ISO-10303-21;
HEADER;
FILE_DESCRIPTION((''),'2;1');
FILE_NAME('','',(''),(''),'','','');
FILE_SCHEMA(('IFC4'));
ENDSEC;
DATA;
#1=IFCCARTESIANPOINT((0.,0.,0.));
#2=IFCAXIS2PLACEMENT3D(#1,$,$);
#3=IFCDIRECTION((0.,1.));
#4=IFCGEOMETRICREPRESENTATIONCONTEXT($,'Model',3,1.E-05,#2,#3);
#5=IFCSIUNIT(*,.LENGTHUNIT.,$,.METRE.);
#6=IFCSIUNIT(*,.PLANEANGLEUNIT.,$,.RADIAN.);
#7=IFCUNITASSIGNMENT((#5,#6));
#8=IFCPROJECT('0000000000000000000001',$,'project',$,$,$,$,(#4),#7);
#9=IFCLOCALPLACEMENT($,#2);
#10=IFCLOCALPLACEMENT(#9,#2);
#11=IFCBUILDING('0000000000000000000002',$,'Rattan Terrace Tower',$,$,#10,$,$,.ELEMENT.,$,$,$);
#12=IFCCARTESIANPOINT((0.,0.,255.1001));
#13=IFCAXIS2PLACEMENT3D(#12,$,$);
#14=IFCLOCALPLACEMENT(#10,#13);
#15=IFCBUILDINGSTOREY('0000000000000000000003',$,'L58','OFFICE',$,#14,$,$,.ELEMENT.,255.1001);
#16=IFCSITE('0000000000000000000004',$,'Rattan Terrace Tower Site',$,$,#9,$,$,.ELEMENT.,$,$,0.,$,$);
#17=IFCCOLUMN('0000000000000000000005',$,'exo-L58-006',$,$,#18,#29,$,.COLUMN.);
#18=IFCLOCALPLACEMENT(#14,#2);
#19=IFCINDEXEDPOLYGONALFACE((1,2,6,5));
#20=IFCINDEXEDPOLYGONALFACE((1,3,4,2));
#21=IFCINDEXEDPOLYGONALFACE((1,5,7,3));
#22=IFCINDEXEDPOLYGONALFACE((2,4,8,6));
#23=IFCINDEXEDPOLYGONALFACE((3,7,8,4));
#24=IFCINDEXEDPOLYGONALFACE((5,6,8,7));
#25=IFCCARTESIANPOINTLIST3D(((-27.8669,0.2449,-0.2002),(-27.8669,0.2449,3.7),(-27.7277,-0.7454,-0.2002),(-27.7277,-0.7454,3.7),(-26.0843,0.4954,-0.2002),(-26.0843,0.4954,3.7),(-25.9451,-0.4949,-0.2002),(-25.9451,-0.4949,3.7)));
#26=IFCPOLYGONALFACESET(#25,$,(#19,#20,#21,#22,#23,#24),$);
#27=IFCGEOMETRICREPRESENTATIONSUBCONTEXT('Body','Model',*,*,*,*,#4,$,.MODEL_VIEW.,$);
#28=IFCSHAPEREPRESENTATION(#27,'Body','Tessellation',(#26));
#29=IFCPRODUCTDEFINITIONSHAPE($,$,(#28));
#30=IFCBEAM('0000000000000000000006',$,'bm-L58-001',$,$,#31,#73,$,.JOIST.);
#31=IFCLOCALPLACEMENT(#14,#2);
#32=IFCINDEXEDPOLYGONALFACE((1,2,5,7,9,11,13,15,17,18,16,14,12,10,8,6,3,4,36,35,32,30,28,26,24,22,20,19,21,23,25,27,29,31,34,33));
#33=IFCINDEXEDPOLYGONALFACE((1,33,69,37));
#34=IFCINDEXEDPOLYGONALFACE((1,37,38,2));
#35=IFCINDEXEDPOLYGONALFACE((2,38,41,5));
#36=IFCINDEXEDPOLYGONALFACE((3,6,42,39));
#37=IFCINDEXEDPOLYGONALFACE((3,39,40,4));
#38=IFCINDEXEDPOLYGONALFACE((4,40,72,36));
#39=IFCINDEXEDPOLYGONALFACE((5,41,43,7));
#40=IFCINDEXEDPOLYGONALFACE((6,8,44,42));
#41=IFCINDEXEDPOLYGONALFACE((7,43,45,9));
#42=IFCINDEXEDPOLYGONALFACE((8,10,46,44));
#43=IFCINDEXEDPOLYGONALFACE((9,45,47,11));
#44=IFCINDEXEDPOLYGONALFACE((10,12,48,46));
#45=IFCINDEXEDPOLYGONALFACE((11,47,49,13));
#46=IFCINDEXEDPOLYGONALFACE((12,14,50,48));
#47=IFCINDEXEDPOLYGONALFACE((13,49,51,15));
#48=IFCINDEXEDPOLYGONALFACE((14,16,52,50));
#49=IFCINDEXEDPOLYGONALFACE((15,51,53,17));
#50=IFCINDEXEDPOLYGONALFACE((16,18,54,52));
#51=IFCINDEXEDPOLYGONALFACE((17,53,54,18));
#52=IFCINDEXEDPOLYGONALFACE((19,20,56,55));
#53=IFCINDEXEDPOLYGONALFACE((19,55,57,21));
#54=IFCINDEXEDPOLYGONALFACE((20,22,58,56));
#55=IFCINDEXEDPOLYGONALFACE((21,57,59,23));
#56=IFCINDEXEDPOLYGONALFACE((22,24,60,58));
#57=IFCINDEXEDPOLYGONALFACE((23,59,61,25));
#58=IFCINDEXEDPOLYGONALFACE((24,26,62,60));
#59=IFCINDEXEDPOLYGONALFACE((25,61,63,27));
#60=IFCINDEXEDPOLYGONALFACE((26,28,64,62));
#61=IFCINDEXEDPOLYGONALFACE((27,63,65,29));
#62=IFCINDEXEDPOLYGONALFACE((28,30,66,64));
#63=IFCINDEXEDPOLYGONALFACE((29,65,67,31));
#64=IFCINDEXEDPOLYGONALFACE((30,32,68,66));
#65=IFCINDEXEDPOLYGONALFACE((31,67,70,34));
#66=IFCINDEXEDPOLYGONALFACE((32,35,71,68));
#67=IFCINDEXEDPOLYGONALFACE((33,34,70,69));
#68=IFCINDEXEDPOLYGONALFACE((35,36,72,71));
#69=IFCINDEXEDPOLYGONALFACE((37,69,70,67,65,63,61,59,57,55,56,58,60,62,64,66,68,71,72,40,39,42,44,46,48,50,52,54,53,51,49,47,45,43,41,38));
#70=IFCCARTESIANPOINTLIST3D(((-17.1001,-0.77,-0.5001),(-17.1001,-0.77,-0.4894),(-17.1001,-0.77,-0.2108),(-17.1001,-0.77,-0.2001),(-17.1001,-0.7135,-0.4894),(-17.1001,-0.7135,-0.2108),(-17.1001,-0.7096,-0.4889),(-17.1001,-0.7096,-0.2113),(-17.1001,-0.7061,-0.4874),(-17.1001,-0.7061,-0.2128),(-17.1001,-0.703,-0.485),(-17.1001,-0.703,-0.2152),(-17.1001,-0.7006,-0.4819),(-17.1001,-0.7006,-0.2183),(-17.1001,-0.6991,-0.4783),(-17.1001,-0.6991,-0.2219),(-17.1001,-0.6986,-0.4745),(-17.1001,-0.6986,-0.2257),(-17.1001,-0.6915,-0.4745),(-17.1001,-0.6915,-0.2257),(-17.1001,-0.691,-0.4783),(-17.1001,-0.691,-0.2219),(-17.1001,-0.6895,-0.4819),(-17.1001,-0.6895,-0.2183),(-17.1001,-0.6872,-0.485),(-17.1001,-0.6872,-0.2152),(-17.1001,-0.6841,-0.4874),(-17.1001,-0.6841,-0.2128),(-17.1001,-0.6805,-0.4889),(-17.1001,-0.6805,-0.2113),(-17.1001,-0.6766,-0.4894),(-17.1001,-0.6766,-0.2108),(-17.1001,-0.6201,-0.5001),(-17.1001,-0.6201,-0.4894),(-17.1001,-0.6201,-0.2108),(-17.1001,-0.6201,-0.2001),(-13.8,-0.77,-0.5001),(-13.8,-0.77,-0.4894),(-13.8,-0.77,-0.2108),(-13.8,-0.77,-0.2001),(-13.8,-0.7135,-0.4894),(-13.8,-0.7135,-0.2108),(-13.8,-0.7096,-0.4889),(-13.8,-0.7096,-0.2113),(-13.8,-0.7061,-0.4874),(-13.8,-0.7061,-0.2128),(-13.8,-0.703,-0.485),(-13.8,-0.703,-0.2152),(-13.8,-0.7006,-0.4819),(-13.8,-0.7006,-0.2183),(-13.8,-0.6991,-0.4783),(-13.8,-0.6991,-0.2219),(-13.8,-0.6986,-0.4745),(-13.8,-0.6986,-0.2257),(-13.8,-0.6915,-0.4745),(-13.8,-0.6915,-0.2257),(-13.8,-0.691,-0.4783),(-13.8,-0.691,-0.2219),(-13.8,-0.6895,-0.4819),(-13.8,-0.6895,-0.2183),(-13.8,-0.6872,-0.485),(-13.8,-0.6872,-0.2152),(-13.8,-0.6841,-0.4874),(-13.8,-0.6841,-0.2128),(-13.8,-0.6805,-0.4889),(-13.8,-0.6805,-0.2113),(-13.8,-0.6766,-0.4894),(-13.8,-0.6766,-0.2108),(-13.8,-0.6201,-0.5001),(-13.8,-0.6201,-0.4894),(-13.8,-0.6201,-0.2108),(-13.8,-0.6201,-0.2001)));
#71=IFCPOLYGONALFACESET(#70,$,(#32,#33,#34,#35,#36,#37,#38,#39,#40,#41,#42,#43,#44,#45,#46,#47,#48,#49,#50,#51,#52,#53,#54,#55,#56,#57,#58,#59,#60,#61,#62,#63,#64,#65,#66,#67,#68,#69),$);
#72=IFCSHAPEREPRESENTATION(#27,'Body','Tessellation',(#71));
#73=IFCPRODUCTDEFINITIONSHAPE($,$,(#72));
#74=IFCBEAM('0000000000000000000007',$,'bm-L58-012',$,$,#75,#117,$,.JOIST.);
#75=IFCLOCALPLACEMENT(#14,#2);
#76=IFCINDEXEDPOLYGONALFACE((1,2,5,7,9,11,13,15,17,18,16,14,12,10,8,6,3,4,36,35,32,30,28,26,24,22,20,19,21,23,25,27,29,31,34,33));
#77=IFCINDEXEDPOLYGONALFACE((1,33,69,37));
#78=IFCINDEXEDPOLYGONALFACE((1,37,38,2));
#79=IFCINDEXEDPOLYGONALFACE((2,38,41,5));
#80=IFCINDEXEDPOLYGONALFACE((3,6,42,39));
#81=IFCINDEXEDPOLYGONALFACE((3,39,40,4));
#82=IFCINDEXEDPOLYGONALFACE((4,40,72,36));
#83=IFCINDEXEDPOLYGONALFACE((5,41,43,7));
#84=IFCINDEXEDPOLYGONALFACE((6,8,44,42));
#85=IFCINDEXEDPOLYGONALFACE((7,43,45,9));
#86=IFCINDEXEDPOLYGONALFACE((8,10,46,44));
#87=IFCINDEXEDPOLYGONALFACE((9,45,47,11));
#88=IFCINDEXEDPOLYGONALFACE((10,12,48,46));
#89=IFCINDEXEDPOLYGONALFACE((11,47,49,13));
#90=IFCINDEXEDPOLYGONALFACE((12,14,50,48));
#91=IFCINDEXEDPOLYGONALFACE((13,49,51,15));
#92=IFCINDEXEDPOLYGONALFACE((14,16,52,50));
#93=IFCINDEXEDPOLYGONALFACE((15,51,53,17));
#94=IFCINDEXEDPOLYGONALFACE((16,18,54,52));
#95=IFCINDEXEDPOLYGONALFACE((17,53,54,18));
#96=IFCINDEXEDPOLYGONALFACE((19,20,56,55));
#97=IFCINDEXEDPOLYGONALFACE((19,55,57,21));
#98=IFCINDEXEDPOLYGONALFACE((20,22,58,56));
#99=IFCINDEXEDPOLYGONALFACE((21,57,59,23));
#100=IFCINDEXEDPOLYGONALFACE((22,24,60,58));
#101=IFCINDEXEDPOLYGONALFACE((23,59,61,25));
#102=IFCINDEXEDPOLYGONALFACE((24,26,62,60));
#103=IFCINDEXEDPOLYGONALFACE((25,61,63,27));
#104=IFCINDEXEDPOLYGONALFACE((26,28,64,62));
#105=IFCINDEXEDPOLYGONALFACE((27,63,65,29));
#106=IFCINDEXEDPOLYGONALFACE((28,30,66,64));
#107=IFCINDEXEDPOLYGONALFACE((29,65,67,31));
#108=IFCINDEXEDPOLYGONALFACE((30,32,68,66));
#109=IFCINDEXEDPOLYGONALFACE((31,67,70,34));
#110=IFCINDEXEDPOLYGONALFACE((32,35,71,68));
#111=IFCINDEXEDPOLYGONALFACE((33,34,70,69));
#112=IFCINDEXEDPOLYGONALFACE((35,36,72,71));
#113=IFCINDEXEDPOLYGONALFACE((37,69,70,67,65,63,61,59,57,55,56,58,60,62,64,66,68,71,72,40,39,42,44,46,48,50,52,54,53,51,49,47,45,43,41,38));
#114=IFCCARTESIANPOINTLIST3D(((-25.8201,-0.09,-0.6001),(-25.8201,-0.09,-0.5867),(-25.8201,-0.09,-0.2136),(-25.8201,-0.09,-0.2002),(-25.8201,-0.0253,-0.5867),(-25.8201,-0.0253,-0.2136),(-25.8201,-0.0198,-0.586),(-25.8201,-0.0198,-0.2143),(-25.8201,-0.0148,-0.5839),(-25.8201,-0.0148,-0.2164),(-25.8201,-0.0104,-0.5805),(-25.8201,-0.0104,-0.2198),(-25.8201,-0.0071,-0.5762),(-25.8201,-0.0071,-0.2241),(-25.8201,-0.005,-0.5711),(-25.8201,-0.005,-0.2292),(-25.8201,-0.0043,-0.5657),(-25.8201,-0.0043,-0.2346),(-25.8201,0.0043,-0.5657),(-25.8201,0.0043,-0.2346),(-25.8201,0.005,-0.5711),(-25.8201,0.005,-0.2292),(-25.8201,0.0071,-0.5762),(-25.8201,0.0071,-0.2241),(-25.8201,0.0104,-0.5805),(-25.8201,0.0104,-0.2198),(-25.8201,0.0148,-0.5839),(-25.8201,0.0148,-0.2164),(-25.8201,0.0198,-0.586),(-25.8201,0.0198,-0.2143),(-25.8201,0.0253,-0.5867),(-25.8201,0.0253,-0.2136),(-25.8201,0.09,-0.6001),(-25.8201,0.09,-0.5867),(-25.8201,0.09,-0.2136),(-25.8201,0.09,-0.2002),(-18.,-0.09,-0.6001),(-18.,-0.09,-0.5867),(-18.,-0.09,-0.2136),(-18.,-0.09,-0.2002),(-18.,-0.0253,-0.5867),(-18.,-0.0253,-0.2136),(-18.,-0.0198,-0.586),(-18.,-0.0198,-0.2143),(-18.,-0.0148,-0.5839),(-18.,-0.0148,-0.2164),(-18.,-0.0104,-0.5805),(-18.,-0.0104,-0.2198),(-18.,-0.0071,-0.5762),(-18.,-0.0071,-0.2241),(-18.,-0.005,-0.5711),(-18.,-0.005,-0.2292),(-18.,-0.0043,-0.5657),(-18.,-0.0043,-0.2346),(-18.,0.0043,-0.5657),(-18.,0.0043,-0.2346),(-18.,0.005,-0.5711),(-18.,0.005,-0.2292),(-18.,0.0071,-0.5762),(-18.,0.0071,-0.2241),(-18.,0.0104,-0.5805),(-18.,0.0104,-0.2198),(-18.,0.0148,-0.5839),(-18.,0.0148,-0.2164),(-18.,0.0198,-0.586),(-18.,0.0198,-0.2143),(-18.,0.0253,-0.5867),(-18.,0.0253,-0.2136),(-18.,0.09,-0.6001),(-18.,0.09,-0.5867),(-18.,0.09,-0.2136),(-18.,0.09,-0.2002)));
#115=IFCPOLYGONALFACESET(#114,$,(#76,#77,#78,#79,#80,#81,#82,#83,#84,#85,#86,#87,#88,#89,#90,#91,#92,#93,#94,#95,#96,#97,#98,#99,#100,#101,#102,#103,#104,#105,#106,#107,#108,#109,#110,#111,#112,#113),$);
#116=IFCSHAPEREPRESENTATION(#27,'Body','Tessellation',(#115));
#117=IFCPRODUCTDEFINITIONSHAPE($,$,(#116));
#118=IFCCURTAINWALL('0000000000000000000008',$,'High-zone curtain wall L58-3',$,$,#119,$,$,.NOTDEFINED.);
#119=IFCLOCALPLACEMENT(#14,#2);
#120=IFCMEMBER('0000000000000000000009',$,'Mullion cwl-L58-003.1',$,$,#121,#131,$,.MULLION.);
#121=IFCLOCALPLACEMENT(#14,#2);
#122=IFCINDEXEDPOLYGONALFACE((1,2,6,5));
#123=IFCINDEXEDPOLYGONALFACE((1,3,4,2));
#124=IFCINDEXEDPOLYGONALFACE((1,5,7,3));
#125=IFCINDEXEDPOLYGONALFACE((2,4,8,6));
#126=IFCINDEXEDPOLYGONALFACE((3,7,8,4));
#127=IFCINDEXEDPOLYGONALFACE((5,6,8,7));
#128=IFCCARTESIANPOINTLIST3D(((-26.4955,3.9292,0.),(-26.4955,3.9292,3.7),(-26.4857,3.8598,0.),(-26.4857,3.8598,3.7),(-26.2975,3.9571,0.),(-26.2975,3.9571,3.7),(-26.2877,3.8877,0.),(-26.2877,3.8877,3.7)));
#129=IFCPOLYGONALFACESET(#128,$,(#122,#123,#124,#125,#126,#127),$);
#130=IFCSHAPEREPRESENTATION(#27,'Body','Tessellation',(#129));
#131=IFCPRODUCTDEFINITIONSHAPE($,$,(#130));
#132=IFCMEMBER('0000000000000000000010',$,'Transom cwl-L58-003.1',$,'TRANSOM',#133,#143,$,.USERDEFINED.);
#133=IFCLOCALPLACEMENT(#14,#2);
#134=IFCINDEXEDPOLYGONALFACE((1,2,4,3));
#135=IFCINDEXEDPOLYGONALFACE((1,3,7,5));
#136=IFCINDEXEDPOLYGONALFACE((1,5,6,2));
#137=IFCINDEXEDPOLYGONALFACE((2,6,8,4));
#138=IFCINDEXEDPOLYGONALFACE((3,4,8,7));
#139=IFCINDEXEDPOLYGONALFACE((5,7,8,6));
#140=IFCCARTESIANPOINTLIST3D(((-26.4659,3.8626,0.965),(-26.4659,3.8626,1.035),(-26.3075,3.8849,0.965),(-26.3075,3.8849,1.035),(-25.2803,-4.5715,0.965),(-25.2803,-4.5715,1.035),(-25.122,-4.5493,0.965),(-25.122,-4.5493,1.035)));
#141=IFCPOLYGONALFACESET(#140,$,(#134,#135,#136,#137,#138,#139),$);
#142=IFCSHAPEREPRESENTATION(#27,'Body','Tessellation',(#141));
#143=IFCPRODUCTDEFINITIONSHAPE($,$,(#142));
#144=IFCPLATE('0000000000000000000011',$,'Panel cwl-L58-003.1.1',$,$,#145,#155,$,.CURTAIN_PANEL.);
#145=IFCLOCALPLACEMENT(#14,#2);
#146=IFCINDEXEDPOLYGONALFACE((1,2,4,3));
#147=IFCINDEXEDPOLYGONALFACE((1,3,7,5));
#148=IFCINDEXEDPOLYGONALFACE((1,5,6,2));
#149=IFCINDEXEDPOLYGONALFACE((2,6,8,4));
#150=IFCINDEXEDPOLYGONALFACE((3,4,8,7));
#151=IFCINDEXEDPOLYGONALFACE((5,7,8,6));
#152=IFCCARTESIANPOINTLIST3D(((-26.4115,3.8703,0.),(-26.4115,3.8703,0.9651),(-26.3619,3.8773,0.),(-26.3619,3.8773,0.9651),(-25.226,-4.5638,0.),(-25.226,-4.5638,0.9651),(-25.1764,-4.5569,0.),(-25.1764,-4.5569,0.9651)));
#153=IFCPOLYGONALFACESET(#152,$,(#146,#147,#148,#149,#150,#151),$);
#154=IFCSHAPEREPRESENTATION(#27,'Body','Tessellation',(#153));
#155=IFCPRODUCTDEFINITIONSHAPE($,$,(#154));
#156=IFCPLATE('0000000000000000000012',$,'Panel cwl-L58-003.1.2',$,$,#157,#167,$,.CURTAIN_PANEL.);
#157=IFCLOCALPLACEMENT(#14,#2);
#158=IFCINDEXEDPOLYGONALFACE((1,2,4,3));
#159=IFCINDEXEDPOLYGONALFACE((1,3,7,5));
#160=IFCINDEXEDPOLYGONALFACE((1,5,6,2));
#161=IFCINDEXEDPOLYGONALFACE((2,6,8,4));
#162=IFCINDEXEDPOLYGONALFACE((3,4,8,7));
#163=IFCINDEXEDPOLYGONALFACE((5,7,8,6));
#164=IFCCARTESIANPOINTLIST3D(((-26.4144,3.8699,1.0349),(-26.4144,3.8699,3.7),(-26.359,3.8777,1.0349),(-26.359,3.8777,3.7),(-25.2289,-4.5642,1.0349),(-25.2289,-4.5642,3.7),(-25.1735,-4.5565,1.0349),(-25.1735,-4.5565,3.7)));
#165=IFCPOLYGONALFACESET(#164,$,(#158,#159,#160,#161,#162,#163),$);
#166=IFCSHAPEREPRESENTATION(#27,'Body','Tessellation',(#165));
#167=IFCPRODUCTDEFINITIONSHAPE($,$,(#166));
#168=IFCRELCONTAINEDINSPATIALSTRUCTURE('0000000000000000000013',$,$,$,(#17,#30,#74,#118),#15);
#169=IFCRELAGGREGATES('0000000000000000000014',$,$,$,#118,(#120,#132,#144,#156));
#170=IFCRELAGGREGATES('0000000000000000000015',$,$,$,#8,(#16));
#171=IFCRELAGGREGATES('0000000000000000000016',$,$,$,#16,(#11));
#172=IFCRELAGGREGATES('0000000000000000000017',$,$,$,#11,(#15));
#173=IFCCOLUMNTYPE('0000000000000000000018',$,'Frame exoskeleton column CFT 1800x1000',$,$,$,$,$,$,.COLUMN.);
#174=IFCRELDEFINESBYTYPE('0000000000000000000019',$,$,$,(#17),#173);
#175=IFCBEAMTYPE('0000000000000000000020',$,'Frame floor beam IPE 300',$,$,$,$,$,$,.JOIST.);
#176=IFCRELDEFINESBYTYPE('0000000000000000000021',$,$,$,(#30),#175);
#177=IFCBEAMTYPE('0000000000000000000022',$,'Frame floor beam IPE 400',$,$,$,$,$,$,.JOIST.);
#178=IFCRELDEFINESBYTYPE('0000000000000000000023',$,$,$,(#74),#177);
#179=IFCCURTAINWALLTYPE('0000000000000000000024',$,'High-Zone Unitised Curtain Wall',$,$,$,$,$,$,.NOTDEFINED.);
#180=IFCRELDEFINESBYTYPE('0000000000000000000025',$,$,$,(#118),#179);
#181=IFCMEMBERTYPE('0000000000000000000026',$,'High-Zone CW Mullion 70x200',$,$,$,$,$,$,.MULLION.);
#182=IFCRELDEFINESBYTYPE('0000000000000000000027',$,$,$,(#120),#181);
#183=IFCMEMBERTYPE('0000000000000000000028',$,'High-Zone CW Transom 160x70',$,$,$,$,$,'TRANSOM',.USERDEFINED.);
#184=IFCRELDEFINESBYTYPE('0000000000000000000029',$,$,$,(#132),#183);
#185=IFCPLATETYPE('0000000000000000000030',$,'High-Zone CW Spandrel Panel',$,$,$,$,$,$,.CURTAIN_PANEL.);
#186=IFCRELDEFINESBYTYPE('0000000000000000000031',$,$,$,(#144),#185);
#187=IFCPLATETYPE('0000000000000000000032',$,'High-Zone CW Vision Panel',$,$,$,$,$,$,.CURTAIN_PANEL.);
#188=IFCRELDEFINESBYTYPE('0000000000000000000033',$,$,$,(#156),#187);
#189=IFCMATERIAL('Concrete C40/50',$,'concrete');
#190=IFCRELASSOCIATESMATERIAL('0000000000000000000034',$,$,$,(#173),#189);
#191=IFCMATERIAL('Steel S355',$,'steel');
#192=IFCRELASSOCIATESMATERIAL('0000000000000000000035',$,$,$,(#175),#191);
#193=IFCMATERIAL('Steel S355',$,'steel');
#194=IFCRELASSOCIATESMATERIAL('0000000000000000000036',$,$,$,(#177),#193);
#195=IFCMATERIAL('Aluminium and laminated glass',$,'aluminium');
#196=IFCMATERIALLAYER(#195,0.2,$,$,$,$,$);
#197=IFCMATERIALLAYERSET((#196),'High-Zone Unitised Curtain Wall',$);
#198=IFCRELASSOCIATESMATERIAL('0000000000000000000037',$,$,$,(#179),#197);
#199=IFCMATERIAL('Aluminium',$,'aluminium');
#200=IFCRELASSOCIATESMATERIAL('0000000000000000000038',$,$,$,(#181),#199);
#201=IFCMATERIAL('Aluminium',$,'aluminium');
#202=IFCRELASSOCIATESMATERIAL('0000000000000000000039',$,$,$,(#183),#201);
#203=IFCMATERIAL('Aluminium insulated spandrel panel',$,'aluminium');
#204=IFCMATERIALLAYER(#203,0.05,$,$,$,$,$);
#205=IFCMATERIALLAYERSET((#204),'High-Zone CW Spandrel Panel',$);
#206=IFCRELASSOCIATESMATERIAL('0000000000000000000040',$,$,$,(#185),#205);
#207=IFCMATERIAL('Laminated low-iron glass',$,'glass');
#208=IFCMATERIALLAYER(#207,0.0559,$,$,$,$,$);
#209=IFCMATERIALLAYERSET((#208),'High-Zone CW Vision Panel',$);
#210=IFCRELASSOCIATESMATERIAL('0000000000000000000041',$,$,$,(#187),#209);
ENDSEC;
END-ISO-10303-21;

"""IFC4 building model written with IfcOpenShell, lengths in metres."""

from ifc_helpers import new_model, si_unit, direction, frame, origin, origin_2d, place, context, subcontext, project, spatial, rectangle, i_section, extrude, material, layer, layer_set, material_profile, profile_set, type_object, element, aggregate, save


model = new_model("IFC4")

# Units and contexts
model_context = context("Model", 3, precision=1e-05, world=origin(), true_north=direction((0.0, 1.0)))
body_context = subcontext(model_context, "Body", "Model", "MODEL_VIEW")
ifc_project = project(units=[si_unit("LENGTHUNIT", "METRE"), si_unit("PLANEANGLEUNIT", "RADIAN")], contexts=[model_context])

# Site, building, storey
site_placement = place(None, origin())
site = spatial("IfcSite", under=ifc_project, at=site_placement, Name="Rattan Terrace Tower Site", CompositionType="ELEMENT", RefElevation=0.0)
building_placement = place(site_placement, origin())
building = spatial("IfcBuilding", under=site, at=building_placement, Name="Rattan Terrace Tower", CompositionType="ELEMENT")
storey_placement = place(building_placement, frame((0.0, 0.0, 255.1001)))
storey = spatial("IfcBuildingStorey", under=building, at=storey_placement, Name="L58", Description="OFFICE", CompositionType="ELEMENT", Elevation=255.1001)

# Column
ifc_material_1 = material(Name="Concrete C40/50", Category="concrete")
ifc_material_profile_1 = material_profile(ifc_material_1, rectangle(XDim=1.0, YDim=1.8, at=origin_2d()), Name="CFT 1800x1000")
ifc_profile_set_1 = profile_set([ifc_material_profile_1], Name="Concrete C40/50")
column_type = type_object("IfcColumnType", Name="Frame exoskeleton column CFT 1800x1000", PredefinedType="COLUMN", material=ifc_profile_set_1)
column_placement = place(storey_placement, frame((-26.906, -0.125, -0.2002), z_axis=(0.0, 0.0, 1.0), x_axis=(-0.13919, 0.990266, 0.0)))
element("IfcColumn", 1, at=column_placement, inside=storey, type_object=column_type, Name="exo-L58-006", PredefinedType="COLUMN", context=body_context, shape_type="SweptSolid", body=[
    extrude(rectangle(XDim=1.0, YDim=1.8, at=origin_2d()), origin(), (0.0, 0.0, 1.0), 3.9001),
])

# Beams
ifc_material_2 = material(Name="Steel S355", Category="steel")
ifc_material_profile_2 = material_profile(ifc_material_2, i_section(OverallWidth=0.1499, OverallDepth=0.3, WebThickness=0.0071, FlangeThickness=0.0107, FilletRadius=0.0149, at=origin_2d()), Name="IPE 300")
ifc_profile_set_2 = profile_set([ifc_material_profile_2], Name="Steel S355")
beam_type_1 = type_object("IfcBeamType", Name="Frame floor beam IPE 300", PredefinedType="JOIST", material=ifc_profile_set_2)
beam_1_placement = place(storey_placement, frame((-17.1001, -0.6951, -0.3501), z_axis=(1.0, 0.0, 0.0), x_axis=(0.0, 1.0, 0.0)))
element("IfcBeam", 2, at=beam_1_placement, inside=storey, type_object=beam_type_1, Name="bm-L58-001", PredefinedType="JOIST", context=body_context, shape_type="SweptSolid", body=[
    extrude(i_section(OverallWidth=0.1499, OverallDepth=0.3, WebThickness=0.0071, FlangeThickness=0.0107, FilletRadius=0.0149, at=origin_2d()), origin(), (0.0, 0.0, 1.0), 3.3),
])
ifc_material_3 = material(Name="Steel S355", Category="steel")
ifc_material_profile_3 = material_profile(ifc_material_3, i_section(OverallWidth=0.1799, OverallDepth=0.3999, WebThickness=0.0085, FlangeThickness=0.0134, FilletRadius=0.021, at=origin_2d()), Name="IPE 400")
ifc_profile_set_3 = profile_set([ifc_material_profile_3], Name="Steel S355")
beam_type_2 = type_object("IfcBeamType", Name="Frame floor beam IPE 400", PredefinedType="JOIST", material=ifc_profile_set_3)
beam_2_placement = place(storey_placement, frame((-25.8201, 0.0, -0.4001), z_axis=(1.0, 0.0, 0.0), x_axis=(0.0, 1.0, 0.0)))
element("IfcBeam", 3, at=beam_2_placement, inside=storey, type_object=beam_type_2, Name="bm-L58-012", PredefinedType="JOIST", context=body_context, shape_type="SweptSolid", body=[
    extrude(i_section(OverallWidth=0.1799, OverallDepth=0.3999, WebThickness=0.0085, FlangeThickness=0.0134, FilletRadius=0.021, at=origin_2d()), origin(), (0.0, 0.0, 1.0), 7.8201),
])

# Curtain wall, members, plates
ifc_material_4 = material(Name="Aluminium and laminated glass", Category="aluminium")
ifc_layer_1 = layer(ifc_material_4, 0.2)
ifc_layer_set_1 = layer_set([ifc_layer_1], Name="High-Zone Unitised Curtain Wall")
curtain_wall_type = type_object("IfcCurtainWallType", Name="High-Zone Unitised Curtain Wall", PredefinedType="NOTDEFINED", material=ifc_layer_set_1)
curtain_wall_placement = place(storey_placement, origin())
curtain_wall = element("IfcCurtainWall", 4, at=curtain_wall_placement, inside=storey, type_object=curtain_wall_type, Name="High-zone curtain wall L58-3", PredefinedType="NOTDEFINED")
ifc_material_5 = material(Name="Aluminium", Category="aluminium")
ifc_material_profile_4 = material_profile(ifc_material_5, rectangle(XDim=0.0701, YDim=0.2, at=origin_2d()), Name="Aluminium 70x200")
ifc_profile_set_4 = profile_set([ifc_material_profile_4], Name="Aluminium")
member_type_1 = type_object("IfcMemberType", Name="High-Zone CW Mullion 70x200", PredefinedType="MULLION", material=ifc_profile_set_4)
member_1_placement = place(storey_placement, frame((-26.3916, 3.9084, 0.0), z_axis=(0.0, 0.0, 1.0), x_axis=(0.139192, -0.990265, 0.0)))
member_1 = element("IfcMember", 5, at=member_1_placement, type_object=member_type_1, Name="Mullion cwl-L58-003.1", PredefinedType="MULLION", context=body_context, shape_type="SweptSolid", body=[
    extrude(rectangle(XDim=0.0701, YDim=0.2, at=origin_2d()), origin(), (0.0, 0.0, 1.0), 3.7),
])
ifc_material_6 = material(Name="Aluminium", Category="aluminium")
ifc_material_profile_5 = material_profile(ifc_material_6, rectangle(XDim=0.1599, YDim=0.0701, at=origin_2d()), Name="Aluminium 160x70")
ifc_profile_set_5 = profile_set([ifc_material_profile_5], Name="Aluminium")
member_type_2 = type_object("IfcMemberType", Name="High-Zone CW Transom 160x70", ElementType="TRANSOM", PredefinedType="USERDEFINED", material=ifc_profile_set_5)
member_2_placement = place(storey_placement, frame((-26.3867, 3.8738, 1.0), z_axis=(0.139198, -0.990265, 0.0), x_axis=(0.990265, 0.139198, 0.0)))
member_2 = element("IfcMember", 6, at=member_2_placement, type_object=member_type_2, Name="Transom cwl-L58-003.1", ObjectType="TRANSOM", PredefinedType="USERDEFINED", context=body_context, shape_type="SweptSolid", body=[
    extrude(rectangle(XDim=0.1599, YDim=0.0701, at=origin_2d()), origin(), (0.0, 0.0, 1.0), 8.5171),
])
ifc_material_7 = material(Name="Aluminium insulated spandrel panel", Category="aluminium")
ifc_layer_2 = layer(ifc_material_7, 0.05)
ifc_layer_set_2 = layer_set([ifc_layer_2], Name="High-Zone CW Spandrel Panel")
plate_type_1 = type_object("IfcPlateType", Name="High-Zone CW Spandrel Panel", PredefinedType="CURTAIN_PANEL", material=ifc_layer_set_2)
plate_1_placement = place(storey_placement, frame((-25.7939, -0.3433, 0.0), z_axis=(0.0, 0.0, 1.0), x_axis=(0.139192, -0.990265, 0.0)))
plate_1 = element("IfcPlate", 7, at=plate_1_placement, type_object=plate_type_1, Name="Panel cwl-L58-003.1.1", PredefinedType="CURTAIN_PANEL", context=body_context, shape_type="SweptSolid", body=[
    extrude(rectangle(XDim=8.5171, YDim=0.05, at=origin_2d()), origin(), (0.0, 0.0, 1.0), 0.9651),
])
ifc_material_8 = material(Name="Laminated low-iron glass", Category="glass")
ifc_layer_3 = layer(ifc_material_8, 0.0559)
ifc_layer_set_3 = layer_set([ifc_layer_3], Name="High-Zone CW Vision Panel")
plate_type_2 = type_object("IfcPlateType", Name="High-Zone CW Vision Panel", PredefinedType="CURTAIN_PANEL", material=ifc_layer_set_3)
plate_2_placement = place(storey_placement, frame((-25.7939, -0.3433, 1.0349), z_axis=(0.0, 0.0, 1.0), x_axis=(0.139192, -0.990265, 0.0)))
plate_2 = element("IfcPlate", 8, at=plate_2_placement, type_object=plate_type_2, Name="Panel cwl-L58-003.1.2", PredefinedType="CURTAIN_PANEL", context=body_context, shape_type="SweptSolid", body=[
    extrude(rectangle(XDim=8.5171, YDim=0.0559, at=origin_2d()), origin(), (0.0, 0.0, 1.0), 2.665),
])
aggregate(curtain_wall, [member_1, member_2, plate_1, plate_2])

save(model, "model.ifc")
